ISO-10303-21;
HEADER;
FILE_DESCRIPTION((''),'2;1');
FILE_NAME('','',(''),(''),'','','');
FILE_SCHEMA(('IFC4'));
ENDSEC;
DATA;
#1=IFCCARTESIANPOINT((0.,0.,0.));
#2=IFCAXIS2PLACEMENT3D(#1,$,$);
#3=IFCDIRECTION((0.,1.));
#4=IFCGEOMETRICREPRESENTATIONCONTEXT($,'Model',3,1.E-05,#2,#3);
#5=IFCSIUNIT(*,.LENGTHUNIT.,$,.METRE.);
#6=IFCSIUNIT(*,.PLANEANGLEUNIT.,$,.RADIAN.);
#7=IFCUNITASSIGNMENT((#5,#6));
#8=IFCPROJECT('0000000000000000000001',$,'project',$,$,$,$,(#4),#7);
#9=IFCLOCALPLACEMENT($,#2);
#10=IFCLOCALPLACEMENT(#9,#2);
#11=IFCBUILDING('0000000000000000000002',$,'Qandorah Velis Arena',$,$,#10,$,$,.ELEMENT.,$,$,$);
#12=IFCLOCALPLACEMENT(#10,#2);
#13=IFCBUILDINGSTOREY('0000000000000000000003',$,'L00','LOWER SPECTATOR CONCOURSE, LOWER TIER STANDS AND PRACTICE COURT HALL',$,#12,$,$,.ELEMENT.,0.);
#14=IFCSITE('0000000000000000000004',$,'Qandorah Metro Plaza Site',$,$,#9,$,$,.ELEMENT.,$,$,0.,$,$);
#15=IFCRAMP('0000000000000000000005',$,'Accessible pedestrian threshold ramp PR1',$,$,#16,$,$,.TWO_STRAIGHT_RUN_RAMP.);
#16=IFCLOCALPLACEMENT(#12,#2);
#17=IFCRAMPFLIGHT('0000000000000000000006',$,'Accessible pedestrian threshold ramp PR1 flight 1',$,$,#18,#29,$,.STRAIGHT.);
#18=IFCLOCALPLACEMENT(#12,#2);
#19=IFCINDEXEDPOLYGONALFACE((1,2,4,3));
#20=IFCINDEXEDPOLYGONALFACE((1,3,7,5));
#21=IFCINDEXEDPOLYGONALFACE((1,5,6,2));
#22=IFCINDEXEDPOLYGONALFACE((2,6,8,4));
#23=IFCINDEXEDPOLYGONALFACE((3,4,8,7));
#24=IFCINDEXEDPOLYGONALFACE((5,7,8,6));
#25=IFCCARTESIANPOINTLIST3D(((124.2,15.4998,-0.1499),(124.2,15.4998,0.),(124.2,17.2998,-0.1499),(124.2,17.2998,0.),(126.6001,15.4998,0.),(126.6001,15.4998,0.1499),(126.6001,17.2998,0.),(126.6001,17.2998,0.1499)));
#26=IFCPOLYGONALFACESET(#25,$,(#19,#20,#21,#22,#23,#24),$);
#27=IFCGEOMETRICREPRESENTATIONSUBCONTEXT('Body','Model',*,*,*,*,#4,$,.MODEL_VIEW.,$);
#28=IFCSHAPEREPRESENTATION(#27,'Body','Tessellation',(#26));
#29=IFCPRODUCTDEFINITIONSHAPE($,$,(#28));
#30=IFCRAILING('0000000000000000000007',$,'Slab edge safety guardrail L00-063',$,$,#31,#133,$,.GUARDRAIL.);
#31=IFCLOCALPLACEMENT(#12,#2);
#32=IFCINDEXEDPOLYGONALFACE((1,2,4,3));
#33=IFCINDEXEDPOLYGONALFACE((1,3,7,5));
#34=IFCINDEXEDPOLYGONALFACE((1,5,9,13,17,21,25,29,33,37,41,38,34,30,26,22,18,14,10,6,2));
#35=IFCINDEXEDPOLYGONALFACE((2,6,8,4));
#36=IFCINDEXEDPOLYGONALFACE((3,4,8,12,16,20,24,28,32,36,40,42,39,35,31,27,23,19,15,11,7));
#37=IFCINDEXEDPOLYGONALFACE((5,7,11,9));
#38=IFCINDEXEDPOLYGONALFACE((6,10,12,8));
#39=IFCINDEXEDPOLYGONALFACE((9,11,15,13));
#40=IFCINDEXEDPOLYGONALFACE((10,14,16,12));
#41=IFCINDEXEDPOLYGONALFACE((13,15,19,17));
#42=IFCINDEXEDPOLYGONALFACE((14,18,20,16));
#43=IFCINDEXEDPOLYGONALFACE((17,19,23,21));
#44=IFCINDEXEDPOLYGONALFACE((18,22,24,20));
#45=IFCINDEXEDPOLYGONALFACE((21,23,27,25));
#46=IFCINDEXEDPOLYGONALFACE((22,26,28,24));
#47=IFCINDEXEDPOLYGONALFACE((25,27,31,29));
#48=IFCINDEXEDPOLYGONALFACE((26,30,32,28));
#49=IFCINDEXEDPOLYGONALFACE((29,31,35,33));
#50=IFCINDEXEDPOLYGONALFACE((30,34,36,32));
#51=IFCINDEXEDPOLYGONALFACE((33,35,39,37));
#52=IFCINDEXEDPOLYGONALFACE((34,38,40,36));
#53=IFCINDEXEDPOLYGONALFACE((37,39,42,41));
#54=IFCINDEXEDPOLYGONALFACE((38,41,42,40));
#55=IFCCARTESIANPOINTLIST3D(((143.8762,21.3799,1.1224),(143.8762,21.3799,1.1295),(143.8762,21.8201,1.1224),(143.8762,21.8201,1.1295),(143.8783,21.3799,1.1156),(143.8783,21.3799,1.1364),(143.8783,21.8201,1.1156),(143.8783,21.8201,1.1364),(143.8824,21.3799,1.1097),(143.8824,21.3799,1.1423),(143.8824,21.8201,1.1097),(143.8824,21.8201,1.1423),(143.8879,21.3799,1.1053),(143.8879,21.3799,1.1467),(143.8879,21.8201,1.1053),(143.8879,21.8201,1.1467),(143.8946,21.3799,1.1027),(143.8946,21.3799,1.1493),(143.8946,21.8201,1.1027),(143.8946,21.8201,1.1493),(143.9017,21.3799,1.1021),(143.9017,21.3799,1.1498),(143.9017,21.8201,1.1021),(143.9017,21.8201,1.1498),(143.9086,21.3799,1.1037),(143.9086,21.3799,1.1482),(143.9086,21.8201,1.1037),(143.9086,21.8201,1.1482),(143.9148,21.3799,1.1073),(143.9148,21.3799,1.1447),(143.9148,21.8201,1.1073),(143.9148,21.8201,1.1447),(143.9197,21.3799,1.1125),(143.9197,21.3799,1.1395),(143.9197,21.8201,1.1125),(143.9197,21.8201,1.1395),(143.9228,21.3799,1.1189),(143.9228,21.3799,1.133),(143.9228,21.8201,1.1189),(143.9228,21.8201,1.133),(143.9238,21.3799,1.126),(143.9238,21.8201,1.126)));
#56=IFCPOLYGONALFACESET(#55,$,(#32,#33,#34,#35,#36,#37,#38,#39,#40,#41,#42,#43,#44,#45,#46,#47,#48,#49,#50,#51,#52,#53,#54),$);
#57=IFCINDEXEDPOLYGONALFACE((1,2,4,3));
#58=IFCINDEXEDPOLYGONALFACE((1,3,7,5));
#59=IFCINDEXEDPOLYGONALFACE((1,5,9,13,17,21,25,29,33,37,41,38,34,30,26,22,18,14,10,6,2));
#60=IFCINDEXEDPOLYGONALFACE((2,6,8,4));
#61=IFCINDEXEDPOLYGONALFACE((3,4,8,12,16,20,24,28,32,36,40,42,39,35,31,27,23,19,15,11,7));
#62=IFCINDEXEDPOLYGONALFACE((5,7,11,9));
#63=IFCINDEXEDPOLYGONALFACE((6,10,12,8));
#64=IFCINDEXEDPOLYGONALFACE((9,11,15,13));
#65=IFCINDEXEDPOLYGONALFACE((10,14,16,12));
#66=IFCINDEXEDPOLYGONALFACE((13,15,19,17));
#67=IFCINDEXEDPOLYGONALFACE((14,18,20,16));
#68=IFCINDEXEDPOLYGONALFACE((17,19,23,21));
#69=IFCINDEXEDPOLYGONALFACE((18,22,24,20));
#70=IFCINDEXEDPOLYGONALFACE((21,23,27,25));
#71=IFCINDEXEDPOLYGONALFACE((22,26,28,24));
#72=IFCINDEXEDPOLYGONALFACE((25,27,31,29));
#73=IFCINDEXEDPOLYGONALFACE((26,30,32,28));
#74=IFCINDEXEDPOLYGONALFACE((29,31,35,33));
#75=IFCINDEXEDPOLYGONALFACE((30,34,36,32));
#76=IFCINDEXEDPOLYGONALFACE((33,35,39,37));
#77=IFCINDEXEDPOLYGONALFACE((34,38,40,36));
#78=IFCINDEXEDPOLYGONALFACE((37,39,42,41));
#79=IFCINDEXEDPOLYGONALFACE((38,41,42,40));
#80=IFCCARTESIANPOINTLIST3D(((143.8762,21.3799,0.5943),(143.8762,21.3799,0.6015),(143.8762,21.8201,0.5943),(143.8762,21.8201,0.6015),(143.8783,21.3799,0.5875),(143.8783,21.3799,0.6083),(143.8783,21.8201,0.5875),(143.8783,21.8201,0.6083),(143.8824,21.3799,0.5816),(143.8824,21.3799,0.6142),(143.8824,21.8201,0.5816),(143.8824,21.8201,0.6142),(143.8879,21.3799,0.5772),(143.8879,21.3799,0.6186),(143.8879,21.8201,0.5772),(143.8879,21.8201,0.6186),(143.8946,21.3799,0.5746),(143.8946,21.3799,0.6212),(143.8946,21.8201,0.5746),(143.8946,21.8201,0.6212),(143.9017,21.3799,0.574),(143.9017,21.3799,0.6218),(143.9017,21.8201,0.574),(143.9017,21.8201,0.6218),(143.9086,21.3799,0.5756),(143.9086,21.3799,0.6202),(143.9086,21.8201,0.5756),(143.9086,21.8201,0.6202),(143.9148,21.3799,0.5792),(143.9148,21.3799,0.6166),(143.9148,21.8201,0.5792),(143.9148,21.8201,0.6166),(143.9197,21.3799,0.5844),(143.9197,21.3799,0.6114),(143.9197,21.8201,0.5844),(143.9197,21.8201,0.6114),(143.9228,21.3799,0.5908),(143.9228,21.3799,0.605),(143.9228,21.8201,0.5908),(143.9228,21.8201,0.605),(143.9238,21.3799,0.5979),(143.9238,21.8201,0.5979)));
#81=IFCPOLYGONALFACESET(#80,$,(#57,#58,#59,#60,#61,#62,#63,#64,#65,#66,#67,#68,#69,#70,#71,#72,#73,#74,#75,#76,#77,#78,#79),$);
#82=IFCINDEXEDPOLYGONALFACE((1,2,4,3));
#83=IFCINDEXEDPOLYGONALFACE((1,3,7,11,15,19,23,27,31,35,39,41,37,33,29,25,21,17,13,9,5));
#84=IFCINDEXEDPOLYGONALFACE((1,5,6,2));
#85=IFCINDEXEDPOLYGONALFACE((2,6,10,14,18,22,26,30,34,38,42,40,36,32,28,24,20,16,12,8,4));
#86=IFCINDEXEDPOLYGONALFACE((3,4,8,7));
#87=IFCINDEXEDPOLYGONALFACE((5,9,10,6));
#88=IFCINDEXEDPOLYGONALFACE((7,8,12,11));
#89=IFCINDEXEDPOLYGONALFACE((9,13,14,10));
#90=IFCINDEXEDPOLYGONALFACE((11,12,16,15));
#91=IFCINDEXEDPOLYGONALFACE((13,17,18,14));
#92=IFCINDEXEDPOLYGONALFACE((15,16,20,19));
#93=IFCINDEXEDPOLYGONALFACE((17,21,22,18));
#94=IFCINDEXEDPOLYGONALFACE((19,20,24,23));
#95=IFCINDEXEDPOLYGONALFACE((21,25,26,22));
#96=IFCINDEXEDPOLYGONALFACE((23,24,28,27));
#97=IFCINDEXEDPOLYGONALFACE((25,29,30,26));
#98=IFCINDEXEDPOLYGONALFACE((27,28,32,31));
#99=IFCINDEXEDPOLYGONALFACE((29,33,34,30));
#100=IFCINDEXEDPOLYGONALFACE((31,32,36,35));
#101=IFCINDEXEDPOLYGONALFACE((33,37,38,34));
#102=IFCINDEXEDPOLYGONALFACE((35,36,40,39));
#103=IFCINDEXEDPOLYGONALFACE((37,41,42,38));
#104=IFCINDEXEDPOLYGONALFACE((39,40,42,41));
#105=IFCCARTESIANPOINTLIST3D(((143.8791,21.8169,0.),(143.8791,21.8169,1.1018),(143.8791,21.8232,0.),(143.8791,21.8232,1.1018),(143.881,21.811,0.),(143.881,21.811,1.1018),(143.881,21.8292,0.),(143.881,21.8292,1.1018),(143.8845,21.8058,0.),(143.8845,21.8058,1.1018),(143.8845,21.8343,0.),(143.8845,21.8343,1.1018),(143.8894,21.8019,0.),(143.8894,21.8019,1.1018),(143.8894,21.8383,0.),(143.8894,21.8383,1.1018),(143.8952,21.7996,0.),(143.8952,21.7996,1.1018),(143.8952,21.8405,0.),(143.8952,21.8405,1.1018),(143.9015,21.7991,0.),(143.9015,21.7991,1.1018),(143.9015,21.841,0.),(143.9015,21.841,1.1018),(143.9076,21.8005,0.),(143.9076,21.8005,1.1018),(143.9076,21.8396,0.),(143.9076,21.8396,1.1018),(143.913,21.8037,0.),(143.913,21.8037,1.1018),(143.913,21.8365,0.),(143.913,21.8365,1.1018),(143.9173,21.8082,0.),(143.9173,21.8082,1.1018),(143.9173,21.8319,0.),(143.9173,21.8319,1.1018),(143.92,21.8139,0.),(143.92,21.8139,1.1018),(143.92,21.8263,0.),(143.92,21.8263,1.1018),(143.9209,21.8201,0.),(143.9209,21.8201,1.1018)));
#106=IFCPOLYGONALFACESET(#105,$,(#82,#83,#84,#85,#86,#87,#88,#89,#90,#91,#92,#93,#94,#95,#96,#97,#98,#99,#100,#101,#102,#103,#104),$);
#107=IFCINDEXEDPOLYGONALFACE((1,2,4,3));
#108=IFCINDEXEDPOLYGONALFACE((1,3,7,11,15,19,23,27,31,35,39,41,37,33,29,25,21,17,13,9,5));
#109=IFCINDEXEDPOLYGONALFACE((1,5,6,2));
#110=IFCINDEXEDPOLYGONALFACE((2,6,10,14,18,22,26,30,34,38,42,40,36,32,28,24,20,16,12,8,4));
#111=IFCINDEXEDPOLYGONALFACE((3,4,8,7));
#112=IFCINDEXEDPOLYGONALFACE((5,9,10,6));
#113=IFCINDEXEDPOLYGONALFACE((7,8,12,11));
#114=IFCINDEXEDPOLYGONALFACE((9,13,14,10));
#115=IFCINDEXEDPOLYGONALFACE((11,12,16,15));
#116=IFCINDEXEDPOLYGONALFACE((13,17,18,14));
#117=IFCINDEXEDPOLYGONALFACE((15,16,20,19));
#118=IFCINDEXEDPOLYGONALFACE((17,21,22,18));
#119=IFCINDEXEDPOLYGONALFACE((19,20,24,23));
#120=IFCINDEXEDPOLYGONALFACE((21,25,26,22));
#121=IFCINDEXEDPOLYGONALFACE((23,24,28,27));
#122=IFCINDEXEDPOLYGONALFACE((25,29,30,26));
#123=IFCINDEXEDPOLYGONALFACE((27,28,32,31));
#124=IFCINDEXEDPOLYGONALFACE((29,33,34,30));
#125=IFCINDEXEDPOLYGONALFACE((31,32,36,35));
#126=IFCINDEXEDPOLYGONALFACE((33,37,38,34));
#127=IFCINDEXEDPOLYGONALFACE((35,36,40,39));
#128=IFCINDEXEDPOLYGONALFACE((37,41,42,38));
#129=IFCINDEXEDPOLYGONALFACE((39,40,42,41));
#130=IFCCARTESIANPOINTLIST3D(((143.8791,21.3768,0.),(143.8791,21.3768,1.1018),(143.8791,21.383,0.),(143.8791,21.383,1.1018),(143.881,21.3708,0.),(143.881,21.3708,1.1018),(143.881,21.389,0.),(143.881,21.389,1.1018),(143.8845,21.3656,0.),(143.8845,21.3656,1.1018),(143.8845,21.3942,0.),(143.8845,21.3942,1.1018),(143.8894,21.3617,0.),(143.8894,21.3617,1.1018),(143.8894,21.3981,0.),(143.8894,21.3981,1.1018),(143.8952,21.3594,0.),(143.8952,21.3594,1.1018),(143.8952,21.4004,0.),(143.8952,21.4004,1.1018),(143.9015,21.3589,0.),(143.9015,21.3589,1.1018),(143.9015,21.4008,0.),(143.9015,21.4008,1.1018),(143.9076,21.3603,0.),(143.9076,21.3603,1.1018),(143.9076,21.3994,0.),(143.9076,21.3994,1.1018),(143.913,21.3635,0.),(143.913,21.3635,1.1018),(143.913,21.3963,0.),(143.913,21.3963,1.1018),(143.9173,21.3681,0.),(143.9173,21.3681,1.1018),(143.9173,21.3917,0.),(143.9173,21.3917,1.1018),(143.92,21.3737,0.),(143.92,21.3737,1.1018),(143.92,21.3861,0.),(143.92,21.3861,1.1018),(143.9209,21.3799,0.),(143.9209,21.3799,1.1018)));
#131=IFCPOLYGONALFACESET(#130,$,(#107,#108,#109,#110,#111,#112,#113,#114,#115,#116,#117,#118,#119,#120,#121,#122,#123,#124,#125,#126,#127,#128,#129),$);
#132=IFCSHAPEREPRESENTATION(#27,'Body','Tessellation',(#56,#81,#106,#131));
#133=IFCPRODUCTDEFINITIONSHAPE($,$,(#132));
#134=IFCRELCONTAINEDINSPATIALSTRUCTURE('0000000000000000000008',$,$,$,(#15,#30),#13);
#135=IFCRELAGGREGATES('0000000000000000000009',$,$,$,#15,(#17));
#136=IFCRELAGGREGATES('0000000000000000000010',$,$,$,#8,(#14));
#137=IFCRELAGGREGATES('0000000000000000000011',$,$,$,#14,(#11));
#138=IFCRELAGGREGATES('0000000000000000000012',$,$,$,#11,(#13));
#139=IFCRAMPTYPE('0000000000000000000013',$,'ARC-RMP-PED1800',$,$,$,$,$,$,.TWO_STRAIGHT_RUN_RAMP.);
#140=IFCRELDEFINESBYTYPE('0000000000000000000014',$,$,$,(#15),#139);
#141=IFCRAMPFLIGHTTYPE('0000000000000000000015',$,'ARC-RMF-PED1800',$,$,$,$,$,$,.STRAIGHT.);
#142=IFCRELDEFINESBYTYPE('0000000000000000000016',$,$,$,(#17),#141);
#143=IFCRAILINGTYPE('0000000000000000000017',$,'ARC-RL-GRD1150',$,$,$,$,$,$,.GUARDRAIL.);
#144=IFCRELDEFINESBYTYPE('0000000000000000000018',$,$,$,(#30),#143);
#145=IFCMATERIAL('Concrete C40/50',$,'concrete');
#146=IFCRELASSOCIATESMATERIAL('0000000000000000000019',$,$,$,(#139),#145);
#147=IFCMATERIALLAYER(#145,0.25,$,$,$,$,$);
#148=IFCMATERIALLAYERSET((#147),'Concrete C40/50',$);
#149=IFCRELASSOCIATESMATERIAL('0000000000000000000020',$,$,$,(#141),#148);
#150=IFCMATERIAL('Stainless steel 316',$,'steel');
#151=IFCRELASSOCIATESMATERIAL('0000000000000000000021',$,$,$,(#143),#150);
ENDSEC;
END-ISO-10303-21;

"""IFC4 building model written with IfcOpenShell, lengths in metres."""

from ifc_helpers import new_model, si_unit, direction, frame, origin, origin_2d, place, context, subcontext, project, spatial, polyline, circle, outline, extrude, material, layer, layer_set, type_object, element, aggregate, save


model = new_model("IFC4")

# Units and contexts
model_context = context("Model", 3, precision=1e-05, world=origin(), true_north=direction((0.0, 1.0)))
body_context = subcontext(model_context, "Body", "Model", "MODEL_VIEW")
ifc_project = project(units=[si_unit("LENGTHUNIT", "METRE"), si_unit("PLANEANGLEUNIT", "RADIAN")], contexts=[model_context])

# Site, building, storey
site_placement = place(None, origin())
site = spatial("IfcSite", under=ifc_project, at=site_placement, Name="Qandorah Metro Plaza Site", CompositionType="ELEMENT", RefElevation=0.0)
building_placement = place(site_placement, origin())
building = spatial("IfcBuilding", under=site, at=building_placement, Name="Qandorah Velis Arena", CompositionType="ELEMENT")
storey_placement = place(building_placement, origin())
storey = spatial("IfcBuildingStorey", under=building, at=storey_placement, Name="L00", Description="LOWER SPECTATOR CONCOURSE, LOWER TIER STANDS AND PRACTICE COURT HALL", CompositionType="ELEMENT", Elevation=0.0)

# Ramp, ramp flight
ifc_material_1 = material(Name="Concrete C40/50", Category="concrete")
ramp_type = type_object("IfcRampType", Name="ARC-RMP-PED1800", PredefinedType="TWO_STRAIGHT_RUN_RAMP", material=ifc_material_1)
ramp_placement = place(storey_placement, origin())
ramp = element("IfcRamp", 1, at=ramp_placement, inside=storey, type_object=ramp_type, Name="Accessible pedestrian threshold ramp PR1", PredefinedType="TWO_STRAIGHT_RUN_RAMP")
ifc_layer_1 = layer(ifc_material_1, 0.25)
ifc_layer_set_1 = layer_set([ifc_layer_1], Name="Concrete C40/50")
ramp_flight_type = type_object("IfcRampFlightType", Name="ARC-RMF-PED1800", PredefinedType="STRAIGHT", material=ifc_layer_set_1)
ramp_flight_placement = place(storey_placement, frame((124.2, 16.3999, 0.0), z_axis=(0.0, 0.0, 1.0), x_axis=(1.0, 0.0, 0.0)))
ramp_flight = element("IfcRampFlight", 2, at=ramp_flight_placement, type_object=ramp_flight_type, Name="Accessible pedestrian threshold ramp PR1 flight 1", PredefinedType="STRAIGHT", context=body_context, shape_type="SweptSolid", body=[
    extrude(outline(polyline([(0.0, 0.0), (2.4001, 0.1499), (2.4001, 0.0), (0.0, -0.1499), (0.0, 0.0)])), frame((0.0, 0.8999, 0.0), z_axis=(0.0, -1.0, 0.0), x_axis=(1.0, 0.0, 0.0)), (0.0, 0.0, 1.0), 1.8),
])
aggregate(ramp, [ramp_flight])

# Railing
ifc_material_2 = material(Name="Stainless steel 316", Category="steel")
railing_type_1 = type_object("IfcRailingType", Name="ARC-RL-GRD1150", PredefinedType="GUARDRAIL", material=ifc_material_2)
railing_1_placement = place(storey_placement, frame((143.8999, 21.8201, 0.0)))
element("IfcRailing", 3, at=railing_1_placement, inside=storey, type_object=railing_type_1, Name="Slab edge safety guardrail L00-063", PredefinedType="GUARDRAIL", context=body_context, shape_type="SweptSolid", body=[
    extrude(circle(Radius=0.0239, at=origin_2d()), frame((0.0, 0.0, 1.126), z_axis=(0.0, -1.0, 0.0), x_axis=(1.0, 0.0, 0.0)), (0.0, 0.0, 1.0), 0.4402),
    extrude(circle(Radius=0.0239, at=origin_2d()), frame((0.0, 0.0, 0.5979), z_axis=(0.0, -1.0, 0.0), x_axis=(1.0, 0.0, 0.0)), (0.0, 0.0, 1.0), 0.4402),
    extrude(circle(Radius=0.021, at=origin_2d()), origin(), (0.0, 0.0, 1.0), 1.1018),
    extrude(circle(Radius=0.021, at=origin_2d()), frame((0.0, -0.4402, 0.0)), (0.0, 0.0, 1.0), 1.1018),
])

save(model, "model.ifc")
